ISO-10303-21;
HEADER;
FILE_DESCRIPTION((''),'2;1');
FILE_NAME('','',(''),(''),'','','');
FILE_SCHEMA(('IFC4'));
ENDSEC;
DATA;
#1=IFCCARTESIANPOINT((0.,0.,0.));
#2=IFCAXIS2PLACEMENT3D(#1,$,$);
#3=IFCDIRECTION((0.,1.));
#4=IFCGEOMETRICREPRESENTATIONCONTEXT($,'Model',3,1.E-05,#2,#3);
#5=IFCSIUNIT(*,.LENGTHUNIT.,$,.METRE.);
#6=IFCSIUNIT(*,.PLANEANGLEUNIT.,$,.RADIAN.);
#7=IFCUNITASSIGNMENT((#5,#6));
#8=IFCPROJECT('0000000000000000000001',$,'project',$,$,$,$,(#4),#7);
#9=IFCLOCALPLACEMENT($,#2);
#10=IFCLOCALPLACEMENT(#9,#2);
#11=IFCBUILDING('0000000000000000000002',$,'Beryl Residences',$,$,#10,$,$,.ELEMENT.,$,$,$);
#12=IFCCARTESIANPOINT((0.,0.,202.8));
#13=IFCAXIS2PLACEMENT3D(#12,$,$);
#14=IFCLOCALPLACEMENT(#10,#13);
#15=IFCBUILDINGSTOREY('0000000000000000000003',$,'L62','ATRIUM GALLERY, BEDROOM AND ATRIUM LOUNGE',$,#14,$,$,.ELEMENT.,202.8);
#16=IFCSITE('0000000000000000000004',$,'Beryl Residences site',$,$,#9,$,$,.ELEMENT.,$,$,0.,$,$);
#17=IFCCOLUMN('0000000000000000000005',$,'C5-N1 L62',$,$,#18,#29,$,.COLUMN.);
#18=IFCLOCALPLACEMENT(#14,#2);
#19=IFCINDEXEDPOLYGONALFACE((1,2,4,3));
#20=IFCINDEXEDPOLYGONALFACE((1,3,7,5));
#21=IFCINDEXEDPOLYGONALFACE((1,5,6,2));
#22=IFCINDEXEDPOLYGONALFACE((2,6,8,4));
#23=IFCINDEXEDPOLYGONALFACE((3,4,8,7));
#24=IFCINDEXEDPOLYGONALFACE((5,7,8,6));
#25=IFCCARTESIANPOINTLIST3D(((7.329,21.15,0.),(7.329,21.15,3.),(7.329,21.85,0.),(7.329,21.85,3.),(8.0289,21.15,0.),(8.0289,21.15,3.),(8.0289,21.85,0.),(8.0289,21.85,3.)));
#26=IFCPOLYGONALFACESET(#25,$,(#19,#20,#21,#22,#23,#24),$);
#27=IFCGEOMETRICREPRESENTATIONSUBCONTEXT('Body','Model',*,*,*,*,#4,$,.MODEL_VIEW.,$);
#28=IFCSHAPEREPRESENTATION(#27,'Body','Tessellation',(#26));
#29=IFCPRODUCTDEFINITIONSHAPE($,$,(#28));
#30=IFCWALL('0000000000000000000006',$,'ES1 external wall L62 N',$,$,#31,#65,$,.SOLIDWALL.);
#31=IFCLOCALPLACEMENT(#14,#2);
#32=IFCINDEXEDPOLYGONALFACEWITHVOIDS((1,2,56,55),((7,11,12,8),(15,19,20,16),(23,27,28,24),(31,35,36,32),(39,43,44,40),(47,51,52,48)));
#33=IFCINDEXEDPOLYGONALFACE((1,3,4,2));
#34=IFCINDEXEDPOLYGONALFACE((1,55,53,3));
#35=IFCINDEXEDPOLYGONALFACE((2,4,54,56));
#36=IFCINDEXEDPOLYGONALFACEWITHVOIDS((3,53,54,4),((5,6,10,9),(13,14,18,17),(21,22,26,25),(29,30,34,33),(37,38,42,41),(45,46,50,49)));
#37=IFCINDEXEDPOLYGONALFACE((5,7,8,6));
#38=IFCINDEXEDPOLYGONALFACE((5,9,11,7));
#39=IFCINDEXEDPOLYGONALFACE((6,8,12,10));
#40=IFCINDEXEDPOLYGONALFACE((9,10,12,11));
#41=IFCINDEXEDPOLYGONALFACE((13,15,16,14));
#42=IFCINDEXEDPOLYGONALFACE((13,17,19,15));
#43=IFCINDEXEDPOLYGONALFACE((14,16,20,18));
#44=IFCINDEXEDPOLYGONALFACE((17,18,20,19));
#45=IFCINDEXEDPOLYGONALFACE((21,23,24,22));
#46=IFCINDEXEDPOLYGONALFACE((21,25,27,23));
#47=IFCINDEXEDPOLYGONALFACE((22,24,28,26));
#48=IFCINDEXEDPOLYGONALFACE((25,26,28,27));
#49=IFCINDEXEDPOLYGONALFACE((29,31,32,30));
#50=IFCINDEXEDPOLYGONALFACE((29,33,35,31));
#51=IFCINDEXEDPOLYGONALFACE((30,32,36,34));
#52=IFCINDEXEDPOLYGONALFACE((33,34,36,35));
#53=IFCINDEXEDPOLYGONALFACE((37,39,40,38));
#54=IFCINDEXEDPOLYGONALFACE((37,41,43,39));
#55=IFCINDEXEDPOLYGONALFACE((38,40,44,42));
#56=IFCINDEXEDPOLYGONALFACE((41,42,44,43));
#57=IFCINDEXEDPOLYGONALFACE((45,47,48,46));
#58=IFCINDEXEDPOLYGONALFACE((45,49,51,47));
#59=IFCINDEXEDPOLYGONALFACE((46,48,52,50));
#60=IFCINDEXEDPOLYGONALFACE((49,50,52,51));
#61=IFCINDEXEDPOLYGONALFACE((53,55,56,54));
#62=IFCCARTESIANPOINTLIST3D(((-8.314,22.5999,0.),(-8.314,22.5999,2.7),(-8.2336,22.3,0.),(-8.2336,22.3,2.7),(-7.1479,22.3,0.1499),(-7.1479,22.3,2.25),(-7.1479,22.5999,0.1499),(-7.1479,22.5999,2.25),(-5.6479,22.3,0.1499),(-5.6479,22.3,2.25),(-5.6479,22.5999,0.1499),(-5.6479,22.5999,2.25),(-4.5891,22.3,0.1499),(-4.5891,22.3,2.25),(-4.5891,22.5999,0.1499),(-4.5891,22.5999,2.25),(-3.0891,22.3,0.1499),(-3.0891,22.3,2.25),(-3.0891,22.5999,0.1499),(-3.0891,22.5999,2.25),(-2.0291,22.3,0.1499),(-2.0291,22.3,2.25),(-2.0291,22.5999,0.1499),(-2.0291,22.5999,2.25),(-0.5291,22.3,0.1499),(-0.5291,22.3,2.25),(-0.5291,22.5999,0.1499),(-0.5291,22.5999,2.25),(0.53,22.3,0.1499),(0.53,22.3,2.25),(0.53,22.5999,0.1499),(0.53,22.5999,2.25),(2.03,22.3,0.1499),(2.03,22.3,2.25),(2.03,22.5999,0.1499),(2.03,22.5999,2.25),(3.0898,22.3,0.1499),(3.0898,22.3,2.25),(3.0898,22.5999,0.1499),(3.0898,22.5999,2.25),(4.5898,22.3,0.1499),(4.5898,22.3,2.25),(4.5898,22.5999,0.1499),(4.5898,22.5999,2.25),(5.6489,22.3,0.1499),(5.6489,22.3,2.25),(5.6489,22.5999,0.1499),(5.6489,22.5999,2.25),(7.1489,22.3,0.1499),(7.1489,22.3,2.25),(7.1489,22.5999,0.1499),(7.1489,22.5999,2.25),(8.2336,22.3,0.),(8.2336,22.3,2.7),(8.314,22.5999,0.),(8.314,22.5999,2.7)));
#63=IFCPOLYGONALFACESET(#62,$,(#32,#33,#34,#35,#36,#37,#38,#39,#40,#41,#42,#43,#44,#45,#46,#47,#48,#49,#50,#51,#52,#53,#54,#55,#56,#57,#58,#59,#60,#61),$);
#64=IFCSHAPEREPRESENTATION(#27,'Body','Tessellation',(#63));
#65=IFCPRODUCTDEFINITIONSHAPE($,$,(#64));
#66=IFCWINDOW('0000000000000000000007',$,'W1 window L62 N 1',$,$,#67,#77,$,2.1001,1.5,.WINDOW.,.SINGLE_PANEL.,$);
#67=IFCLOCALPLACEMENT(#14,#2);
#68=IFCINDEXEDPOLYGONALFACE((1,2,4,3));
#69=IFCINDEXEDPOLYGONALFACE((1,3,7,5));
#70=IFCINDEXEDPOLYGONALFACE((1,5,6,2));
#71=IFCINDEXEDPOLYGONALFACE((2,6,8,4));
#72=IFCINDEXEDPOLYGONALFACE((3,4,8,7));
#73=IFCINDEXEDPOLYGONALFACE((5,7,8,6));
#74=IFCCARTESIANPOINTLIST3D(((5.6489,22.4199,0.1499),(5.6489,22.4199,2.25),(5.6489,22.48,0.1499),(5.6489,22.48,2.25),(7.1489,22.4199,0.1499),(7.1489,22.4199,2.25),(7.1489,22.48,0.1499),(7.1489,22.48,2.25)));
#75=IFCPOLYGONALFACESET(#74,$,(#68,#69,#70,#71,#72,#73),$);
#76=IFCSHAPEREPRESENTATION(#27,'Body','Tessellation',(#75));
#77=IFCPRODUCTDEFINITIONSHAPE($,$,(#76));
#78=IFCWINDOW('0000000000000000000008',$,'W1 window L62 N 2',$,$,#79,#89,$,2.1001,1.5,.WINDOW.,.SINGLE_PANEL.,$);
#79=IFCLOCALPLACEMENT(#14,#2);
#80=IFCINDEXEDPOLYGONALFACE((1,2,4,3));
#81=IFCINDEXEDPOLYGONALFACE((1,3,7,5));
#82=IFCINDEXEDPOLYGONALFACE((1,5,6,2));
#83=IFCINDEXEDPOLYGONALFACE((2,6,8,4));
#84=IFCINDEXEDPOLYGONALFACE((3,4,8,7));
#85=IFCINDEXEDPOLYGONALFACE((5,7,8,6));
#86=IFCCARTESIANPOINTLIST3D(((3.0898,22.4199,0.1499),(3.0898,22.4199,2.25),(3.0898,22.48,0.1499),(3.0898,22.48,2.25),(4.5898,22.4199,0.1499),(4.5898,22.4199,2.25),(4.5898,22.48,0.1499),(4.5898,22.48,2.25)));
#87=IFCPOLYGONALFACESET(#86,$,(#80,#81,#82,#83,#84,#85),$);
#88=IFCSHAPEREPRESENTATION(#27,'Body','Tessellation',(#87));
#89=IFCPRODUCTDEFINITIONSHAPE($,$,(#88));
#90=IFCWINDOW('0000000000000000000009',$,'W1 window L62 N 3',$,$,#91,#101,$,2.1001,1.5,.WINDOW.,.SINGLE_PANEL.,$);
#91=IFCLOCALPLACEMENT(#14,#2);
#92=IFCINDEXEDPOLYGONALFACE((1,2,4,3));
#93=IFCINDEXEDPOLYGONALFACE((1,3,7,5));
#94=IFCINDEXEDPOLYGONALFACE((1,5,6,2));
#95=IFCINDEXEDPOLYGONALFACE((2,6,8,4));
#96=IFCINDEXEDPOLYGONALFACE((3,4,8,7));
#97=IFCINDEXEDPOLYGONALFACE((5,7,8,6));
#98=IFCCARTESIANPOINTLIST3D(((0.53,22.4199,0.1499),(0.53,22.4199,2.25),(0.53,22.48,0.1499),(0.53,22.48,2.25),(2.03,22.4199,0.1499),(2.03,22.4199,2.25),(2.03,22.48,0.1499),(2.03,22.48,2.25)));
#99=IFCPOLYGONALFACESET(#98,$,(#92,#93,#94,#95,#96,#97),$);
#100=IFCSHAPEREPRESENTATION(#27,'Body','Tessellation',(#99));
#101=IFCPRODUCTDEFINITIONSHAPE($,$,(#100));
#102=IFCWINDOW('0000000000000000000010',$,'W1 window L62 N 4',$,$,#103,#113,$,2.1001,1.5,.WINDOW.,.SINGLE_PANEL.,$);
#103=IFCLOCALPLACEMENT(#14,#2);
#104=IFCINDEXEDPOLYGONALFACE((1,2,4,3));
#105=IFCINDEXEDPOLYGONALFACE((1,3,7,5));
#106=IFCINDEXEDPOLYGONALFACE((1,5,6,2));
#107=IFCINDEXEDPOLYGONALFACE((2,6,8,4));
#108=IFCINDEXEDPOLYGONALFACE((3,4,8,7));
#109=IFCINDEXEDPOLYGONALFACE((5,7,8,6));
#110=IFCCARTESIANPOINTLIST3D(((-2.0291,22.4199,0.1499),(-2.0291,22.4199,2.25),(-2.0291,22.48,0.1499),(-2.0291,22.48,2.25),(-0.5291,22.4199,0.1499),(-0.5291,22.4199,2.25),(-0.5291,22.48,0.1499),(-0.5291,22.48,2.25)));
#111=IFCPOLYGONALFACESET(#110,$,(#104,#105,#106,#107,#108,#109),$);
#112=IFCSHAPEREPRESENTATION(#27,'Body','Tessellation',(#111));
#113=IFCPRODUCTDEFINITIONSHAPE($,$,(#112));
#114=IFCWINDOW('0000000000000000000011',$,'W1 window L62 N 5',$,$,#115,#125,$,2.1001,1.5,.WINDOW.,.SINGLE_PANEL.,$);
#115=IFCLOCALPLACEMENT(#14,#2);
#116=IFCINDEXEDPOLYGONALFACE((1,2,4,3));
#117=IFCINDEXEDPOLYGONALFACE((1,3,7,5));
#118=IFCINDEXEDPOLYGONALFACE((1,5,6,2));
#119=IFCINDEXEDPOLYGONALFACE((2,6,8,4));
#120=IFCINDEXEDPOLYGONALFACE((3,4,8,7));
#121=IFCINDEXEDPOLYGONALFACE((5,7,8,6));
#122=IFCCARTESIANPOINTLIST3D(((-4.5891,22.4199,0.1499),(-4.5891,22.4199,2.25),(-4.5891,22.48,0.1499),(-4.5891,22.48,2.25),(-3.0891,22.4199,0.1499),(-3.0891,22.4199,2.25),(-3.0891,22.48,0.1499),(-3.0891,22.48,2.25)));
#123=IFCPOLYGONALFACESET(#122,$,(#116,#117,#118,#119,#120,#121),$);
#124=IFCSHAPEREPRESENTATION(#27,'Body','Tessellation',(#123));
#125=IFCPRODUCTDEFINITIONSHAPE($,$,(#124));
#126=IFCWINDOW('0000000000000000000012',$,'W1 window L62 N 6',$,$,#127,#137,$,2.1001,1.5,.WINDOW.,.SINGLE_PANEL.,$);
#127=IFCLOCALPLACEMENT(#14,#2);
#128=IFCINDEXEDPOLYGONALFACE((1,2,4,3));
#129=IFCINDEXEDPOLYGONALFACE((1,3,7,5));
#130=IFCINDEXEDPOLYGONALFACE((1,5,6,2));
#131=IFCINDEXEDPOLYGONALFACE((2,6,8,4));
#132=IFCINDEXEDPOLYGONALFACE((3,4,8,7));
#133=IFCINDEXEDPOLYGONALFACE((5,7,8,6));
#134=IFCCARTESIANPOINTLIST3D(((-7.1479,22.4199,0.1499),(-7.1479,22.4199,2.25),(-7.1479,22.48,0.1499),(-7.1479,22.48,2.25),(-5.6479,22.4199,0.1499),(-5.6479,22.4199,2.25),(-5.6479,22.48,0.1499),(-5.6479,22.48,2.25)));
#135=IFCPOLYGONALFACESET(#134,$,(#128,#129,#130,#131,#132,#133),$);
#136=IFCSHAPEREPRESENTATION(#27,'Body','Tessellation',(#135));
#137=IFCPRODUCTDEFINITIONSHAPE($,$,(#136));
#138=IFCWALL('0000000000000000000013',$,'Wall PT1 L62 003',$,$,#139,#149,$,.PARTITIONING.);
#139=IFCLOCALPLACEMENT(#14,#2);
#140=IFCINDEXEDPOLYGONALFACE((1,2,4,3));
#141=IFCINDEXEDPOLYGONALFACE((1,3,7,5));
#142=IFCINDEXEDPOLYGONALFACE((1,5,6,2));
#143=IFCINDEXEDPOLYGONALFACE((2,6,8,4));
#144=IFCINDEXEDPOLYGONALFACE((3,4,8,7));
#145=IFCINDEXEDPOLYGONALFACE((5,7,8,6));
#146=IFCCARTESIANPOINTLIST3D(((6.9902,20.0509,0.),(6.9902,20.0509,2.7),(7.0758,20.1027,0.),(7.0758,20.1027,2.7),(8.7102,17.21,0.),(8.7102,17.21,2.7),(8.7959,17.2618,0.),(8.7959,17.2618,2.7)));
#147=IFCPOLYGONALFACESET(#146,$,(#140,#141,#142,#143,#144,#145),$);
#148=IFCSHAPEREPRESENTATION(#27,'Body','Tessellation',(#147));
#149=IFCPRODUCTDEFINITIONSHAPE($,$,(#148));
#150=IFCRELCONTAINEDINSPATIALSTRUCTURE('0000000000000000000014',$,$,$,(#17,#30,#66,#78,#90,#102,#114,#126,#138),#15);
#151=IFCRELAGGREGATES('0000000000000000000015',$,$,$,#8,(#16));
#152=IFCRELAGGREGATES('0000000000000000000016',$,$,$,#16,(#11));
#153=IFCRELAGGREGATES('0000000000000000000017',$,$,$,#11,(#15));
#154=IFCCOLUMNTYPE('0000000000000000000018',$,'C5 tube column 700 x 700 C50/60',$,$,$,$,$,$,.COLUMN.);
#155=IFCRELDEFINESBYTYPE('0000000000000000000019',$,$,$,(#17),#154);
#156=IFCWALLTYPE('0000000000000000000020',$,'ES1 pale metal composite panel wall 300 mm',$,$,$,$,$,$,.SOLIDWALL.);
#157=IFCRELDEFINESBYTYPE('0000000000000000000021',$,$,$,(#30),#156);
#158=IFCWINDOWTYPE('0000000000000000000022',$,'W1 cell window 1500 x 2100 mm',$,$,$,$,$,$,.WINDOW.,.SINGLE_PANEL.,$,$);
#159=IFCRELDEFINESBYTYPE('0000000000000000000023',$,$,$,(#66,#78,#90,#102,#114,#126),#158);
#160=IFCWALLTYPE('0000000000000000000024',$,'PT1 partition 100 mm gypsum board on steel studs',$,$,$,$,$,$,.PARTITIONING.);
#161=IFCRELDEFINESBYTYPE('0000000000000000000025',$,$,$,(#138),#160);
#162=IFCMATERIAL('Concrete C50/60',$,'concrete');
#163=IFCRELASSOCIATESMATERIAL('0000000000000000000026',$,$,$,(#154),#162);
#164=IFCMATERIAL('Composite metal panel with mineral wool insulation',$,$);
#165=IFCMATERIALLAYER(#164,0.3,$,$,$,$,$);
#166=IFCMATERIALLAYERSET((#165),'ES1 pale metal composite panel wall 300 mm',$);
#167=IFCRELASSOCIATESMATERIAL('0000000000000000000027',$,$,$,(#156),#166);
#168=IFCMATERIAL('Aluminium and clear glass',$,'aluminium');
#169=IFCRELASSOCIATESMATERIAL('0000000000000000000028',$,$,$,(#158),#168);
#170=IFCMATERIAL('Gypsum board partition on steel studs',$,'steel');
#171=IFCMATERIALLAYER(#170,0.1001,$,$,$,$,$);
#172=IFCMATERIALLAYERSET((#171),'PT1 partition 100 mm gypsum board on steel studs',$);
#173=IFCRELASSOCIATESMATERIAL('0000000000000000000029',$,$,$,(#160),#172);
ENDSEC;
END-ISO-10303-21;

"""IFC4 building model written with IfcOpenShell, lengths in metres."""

from ifc_helpers import new_model, si_unit, direction, frame, frame_2d, origin, origin_2d, place, context, subcontext, project, spatial, polyline, rectangle, outline, extrude, material, layer, layer_set, material_profile, profile_set, type_object, element, fill, save


model = new_model("IFC4")

# Units and contexts
model_context = context("Model", 3, precision=1e-05, world=origin(), true_north=direction((0.0, 1.0)))
body_context = subcontext(model_context, "Body", "Model", "MODEL_VIEW")
ifc_project = project(units=[si_unit("LENGTHUNIT", "METRE"), si_unit("PLANEANGLEUNIT", "RADIAN")], contexts=[model_context])

# Site, building, storey
site_placement = place(None, origin())
site = spatial("IfcSite", under=ifc_project, at=site_placement, Name="Beryl Residences site", CompositionType="ELEMENT", RefElevation=0.0)
building_placement = place(site_placement, origin())
building = spatial("IfcBuilding", under=site, at=building_placement, Name="Beryl Residences", CompositionType="ELEMENT")
storey_placement = place(building_placement, frame((0.0, 0.0, 202.8)))
storey = spatial("IfcBuildingStorey", under=building, at=storey_placement, Name="L62", Description="ATRIUM GALLERY, BEDROOM AND ATRIUM LOUNGE", CompositionType="ELEMENT", Elevation=202.8)

# Column
ifc_material_1 = material(Name="Concrete C50/60", Category="concrete")
ifc_material_profile = material_profile(ifc_material_1, rectangle(XDim=0.7, YDim=0.7, at=origin_2d()))
ifc_profile_set = profile_set([ifc_material_profile], Name="Concrete C50/60")
column_type = type_object("IfcColumnType", Name="C5 tube column 700 x 700 C50/60", PredefinedType="COLUMN", material=ifc_profile_set)
column_placement = place(storey_placement, frame((7.679, 21.5, 0.0), z_axis=(0.0, 0.0, 1.0), x_axis=(-1.0, 0.0, 0.0)))
element("IfcColumn", 1, at=column_placement, inside=storey, type_object=column_type, Name="C5-N1 L62", PredefinedType="COLUMN", context=body_context, shape_type="SweptSolid", body=[
    extrude(rectangle(XDim=0.7, YDim=0.7, at=origin_2d()), origin(), (0.0, 0.0, 1.0), 3.0),
])

# Wall, openings, windows
ifc_material_2 = material(Name="Composite metal panel with mineral wool insulation")
ifc_layer_1 = layer(ifc_material_2, 0.3)
ifc_layer_set_1 = layer_set([ifc_layer_1], Name="ES1 pale metal composite panel wall 300 mm")
wall_type_1 = type_object("IfcWallType", Name="ES1 pale metal composite panel wall 300 mm", PredefinedType="SOLIDWALL", material=ifc_layer_set_1)
wall_1_placement = place(storey_placement, frame((8.314, 22.45, 0.0), z_axis=(0.0, 0.0, 1.0), x_axis=(-1.0, 0.0, 0.0)))
wall_1 = element("IfcWall", 2, at=wall_1_placement, inside=storey, type_object=wall_type_1, Name="ES1 external wall L62 N", PredefinedType="SOLIDWALL", context=body_context, shape_type="SweptSolid", body=[
    extrude(outline(polyline([(0.0, -0.1499), (16.6279, -0.1499), (16.5476, 0.1499), (0.0803, 0.1499), (0.0, -0.1499)])), origin(), (0.0, 0.0, 1.0), 2.7),
])
opening_1_placement = place(wall_1_placement, frame((1.165, 0.0, 0.1499)))
opening_1 = element("IfcOpeningElement", 3, at=opening_1_placement, cuts=wall_1, PredefinedType="OPENING", context=body_context, shape_type="SweptSolid", body=[
    extrude(rectangle(XDim=1.5, YDim=2.1001, at=frame_2d((0.75, 1.05))), frame((0.0, 0.1599, 0.0), z_axis=(0.0, -1.0, 0.0), x_axis=(1.0, 0.0, 0.0)), (0.0, 0.0, 1.0), 0.3201),
])
opening_2_placement = place(wall_1_placement, frame((3.7241, 0.0, 0.1499)))
opening_2 = element("IfcOpeningElement", 4, at=opening_2_placement, cuts=wall_1, PredefinedType="OPENING", context=body_context, shape_type="SweptSolid", body=[
    extrude(rectangle(XDim=1.5, YDim=2.1001, at=frame_2d((0.75, 1.05))), frame((0.0, 0.1599, 0.0), z_axis=(0.0, -1.0, 0.0), x_axis=(1.0, 0.0, 0.0)), (0.0, 0.0, 1.0), 0.3201),
])
opening_3_placement = place(wall_1_placement, frame((6.2839, 0.0, 0.1499)))
opening_3 = element("IfcOpeningElement", 5, at=opening_3_placement, cuts=wall_1, PredefinedType="OPENING", context=body_context, shape_type="SweptSolid", body=[
    extrude(rectangle(XDim=1.5, YDim=2.1001, at=frame_2d((0.75, 1.05))), frame((0.0, 0.1599, 0.0), z_axis=(0.0, -1.0, 0.0), x_axis=(1.0, 0.0, 0.0)), (0.0, 0.0, 1.0), 0.3201),
])
opening_4_placement = place(wall_1_placement, frame((8.843, 0.0, 0.1499)))
opening_4 = element("IfcOpeningElement", 6, at=opening_4_placement, cuts=wall_1, PredefinedType="OPENING", context=body_context, shape_type="SweptSolid", body=[
    extrude(rectangle(XDim=1.5, YDim=2.1001, at=frame_2d((0.75, 1.05))), frame((0.0, 0.1599, 0.0), z_axis=(0.0, -1.0, 0.0), x_axis=(1.0, 0.0, 0.0)), (0.0, 0.0, 1.0), 0.3201),
])
opening_5_placement = place(wall_1_placement, frame((11.4031, 0.0, 0.1499)))
opening_5 = element("IfcOpeningElement", 7, at=opening_5_placement, cuts=wall_1, PredefinedType="OPENING", context=body_context, shape_type="SweptSolid", body=[
    extrude(rectangle(XDim=1.5, YDim=2.1001, at=frame_2d((0.75, 1.05))), frame((0.0, 0.1599, 0.0), z_axis=(0.0, -1.0, 0.0), x_axis=(1.0, 0.0, 0.0)), (0.0, 0.0, 1.0), 0.3201),
])
opening_6_placement = place(wall_1_placement, frame((13.9619, 0.0, 0.1499)))
opening_6 = element("IfcOpeningElement", 8, at=opening_6_placement, cuts=wall_1, PredefinedType="OPENING", context=body_context, shape_type="SweptSolid", body=[
    extrude(rectangle(XDim=1.5, YDim=2.1001, at=frame_2d((0.75, 1.05))), frame((0.0, 0.1599, 0.0), z_axis=(0.0, -1.0, 0.0), x_axis=(1.0, 0.0, 0.0)), (0.0, 0.0, 1.0), 0.3201),
])
ifc_material_3 = material(Name="Aluminium and clear glass", Category="aluminium")
window_type = type_object("IfcWindowType", Name="W1 cell window 1500 x 2100 mm", PartitioningType="SINGLE_PANEL", PredefinedType="WINDOW", material=ifc_material_3)
window_1_placement = place(opening_1_placement, origin())
window_1 = element("IfcWindow", 9, at=window_1_placement, inside=storey, type_object=window_type, Name="W1 window L62 N 1", OverallHeight=2.1001, OverallWidth=1.5, PartitioningType="SINGLE_PANEL", PredefinedType="WINDOW", context=body_context, shape_type="SweptSolid", body=[
    extrude(rectangle(XDim=1.5, YDim=2.1001, at=frame_2d((0.75, 1.05))), frame((0.0, 0.03, 0.0), z_axis=(0.0, -1.0, 0.0), x_axis=(1.0, 0.0, 0.0)), (0.0, 0.0, 1.0), 0.0601),
])
fill(opening_1, window_1)
window_2_placement = place(opening_2_placement, origin())
window_2 = element("IfcWindow", 10, at=window_2_placement, inside=storey, type_object=window_type, Name="W1 window L62 N 2", OverallHeight=2.1001, OverallWidth=1.5, PartitioningType="SINGLE_PANEL", PredefinedType="WINDOW", context=body_context, shape_type="SweptSolid", body=[
    extrude(rectangle(XDim=1.5, YDim=2.1001, at=frame_2d((0.75, 1.05))), frame((0.0, 0.03, 0.0), z_axis=(0.0, -1.0, 0.0), x_axis=(1.0, 0.0, 0.0)), (0.0, 0.0, 1.0), 0.0601),
])
fill(opening_2, window_2)
window_3_placement = place(opening_3_placement, origin())
window_3 = element("IfcWindow", 11, at=window_3_placement, inside=storey, type_object=window_type, Name="W1 window L62 N 3", OverallHeight=2.1001, OverallWidth=1.5, PartitioningType="SINGLE_PANEL", PredefinedType="WINDOW", context=body_context, shape_type="SweptSolid", body=[
    extrude(rectangle(XDim=1.5, YDim=2.1001, at=frame_2d((0.75, 1.05))), frame((0.0, 0.03, 0.0), z_axis=(0.0, -1.0, 0.0), x_axis=(1.0, 0.0, 0.0)), (0.0, 0.0, 1.0), 0.0601),
])
fill(opening_3, window_3)
window_4_placement = place(opening_4_placement, origin())
window_4 = element("IfcWindow", 12, at=window_4_placement, inside=storey, type_object=window_type, Name="W1 window L62 N 4", OverallHeight=2.1001, OverallWidth=1.5, PartitioningType="SINGLE_PANEL", PredefinedType="WINDOW", context=body_context, shape_type="SweptSolid", body=[
    extrude(rectangle(XDim=1.5, YDim=2.1001, at=frame_2d((0.75, 1.05))), frame((0.0, 0.03, 0.0), z_axis=(0.0, -1.0, 0.0), x_axis=(1.0, 0.0, 0.0)), (0.0, 0.0, 1.0), 0.0601),
])
fill(opening_4, window_4)
window_5_placement = place(opening_5_placement, origin())
window_5 = element("IfcWindow", 13, at=window_5_placement, inside=storey, type_object=window_type, Name="W1 window L62 N 5", OverallHeight=2.1001, OverallWidth=1.5, PartitioningType="SINGLE_PANEL", PredefinedType="WINDOW", context=body_context, shape_type="SweptSolid", body=[
    extrude(rectangle(XDim=1.5, YDim=2.1001, at=frame_2d((0.75, 1.05))), frame((0.0, 0.03, 0.0), z_axis=(0.0, -1.0, 0.0), x_axis=(1.0, 0.0, 0.0)), (0.0, 0.0, 1.0), 0.0601),
])
fill(opening_5, window_5)
window_6_placement = place(opening_6_placement, origin())
window_6 = element("IfcWindow", 14, at=window_6_placement, inside=storey, type_object=window_type, Name="W1 window L62 N 6", OverallHeight=2.1001, OverallWidth=1.5, PartitioningType="SINGLE_PANEL", PredefinedType="WINDOW", context=body_context, shape_type="SweptSolid", body=[
    extrude(rectangle(XDim=1.5, YDim=2.1001, at=frame_2d((0.75, 1.05))), frame((0.0, 0.03, 0.0), z_axis=(0.0, -1.0, 0.0), x_axis=(1.0, 0.0, 0.0)), (0.0, 0.0, 1.0), 0.0601),
])
fill(opening_6, window_6)

# Wall
ifc_material_4 = material(Name="Gypsum board partition on steel studs", Category="steel")
ifc_layer_2 = layer(ifc_material_4, 0.1001)
ifc_layer_set_2 = layer_set([ifc_layer_2], Name="PT1 partition 100 mm gypsum board on steel studs")
wall_type_2 = type_object("IfcWallType", Name="PT1 partition 100 mm gypsum board on steel studs", PredefinedType="PARTITIONING", material=ifc_layer_set_2)
wall_2_placement = place(storey_placement, frame((7.033, 20.0769, 0.0), z_axis=(0.0, 0.0, 1.0), x_axis=(0.517919, -0.85543, 0.0)))
element("IfcWall", 15, at=wall_2_placement, inside=storey, type_object=wall_type_2, Name="Wall PT1 L62 003", PredefinedType="PARTITIONING", context=body_context, shape_type="SweptSolid", body=[
    extrude(rectangle(XDim=3.321, YDim=0.1001, at=frame_2d((1.6606, 0.0))), origin(), (0.0, 0.0, 1.0), 2.7),
])

save(model, "model.ifc")
